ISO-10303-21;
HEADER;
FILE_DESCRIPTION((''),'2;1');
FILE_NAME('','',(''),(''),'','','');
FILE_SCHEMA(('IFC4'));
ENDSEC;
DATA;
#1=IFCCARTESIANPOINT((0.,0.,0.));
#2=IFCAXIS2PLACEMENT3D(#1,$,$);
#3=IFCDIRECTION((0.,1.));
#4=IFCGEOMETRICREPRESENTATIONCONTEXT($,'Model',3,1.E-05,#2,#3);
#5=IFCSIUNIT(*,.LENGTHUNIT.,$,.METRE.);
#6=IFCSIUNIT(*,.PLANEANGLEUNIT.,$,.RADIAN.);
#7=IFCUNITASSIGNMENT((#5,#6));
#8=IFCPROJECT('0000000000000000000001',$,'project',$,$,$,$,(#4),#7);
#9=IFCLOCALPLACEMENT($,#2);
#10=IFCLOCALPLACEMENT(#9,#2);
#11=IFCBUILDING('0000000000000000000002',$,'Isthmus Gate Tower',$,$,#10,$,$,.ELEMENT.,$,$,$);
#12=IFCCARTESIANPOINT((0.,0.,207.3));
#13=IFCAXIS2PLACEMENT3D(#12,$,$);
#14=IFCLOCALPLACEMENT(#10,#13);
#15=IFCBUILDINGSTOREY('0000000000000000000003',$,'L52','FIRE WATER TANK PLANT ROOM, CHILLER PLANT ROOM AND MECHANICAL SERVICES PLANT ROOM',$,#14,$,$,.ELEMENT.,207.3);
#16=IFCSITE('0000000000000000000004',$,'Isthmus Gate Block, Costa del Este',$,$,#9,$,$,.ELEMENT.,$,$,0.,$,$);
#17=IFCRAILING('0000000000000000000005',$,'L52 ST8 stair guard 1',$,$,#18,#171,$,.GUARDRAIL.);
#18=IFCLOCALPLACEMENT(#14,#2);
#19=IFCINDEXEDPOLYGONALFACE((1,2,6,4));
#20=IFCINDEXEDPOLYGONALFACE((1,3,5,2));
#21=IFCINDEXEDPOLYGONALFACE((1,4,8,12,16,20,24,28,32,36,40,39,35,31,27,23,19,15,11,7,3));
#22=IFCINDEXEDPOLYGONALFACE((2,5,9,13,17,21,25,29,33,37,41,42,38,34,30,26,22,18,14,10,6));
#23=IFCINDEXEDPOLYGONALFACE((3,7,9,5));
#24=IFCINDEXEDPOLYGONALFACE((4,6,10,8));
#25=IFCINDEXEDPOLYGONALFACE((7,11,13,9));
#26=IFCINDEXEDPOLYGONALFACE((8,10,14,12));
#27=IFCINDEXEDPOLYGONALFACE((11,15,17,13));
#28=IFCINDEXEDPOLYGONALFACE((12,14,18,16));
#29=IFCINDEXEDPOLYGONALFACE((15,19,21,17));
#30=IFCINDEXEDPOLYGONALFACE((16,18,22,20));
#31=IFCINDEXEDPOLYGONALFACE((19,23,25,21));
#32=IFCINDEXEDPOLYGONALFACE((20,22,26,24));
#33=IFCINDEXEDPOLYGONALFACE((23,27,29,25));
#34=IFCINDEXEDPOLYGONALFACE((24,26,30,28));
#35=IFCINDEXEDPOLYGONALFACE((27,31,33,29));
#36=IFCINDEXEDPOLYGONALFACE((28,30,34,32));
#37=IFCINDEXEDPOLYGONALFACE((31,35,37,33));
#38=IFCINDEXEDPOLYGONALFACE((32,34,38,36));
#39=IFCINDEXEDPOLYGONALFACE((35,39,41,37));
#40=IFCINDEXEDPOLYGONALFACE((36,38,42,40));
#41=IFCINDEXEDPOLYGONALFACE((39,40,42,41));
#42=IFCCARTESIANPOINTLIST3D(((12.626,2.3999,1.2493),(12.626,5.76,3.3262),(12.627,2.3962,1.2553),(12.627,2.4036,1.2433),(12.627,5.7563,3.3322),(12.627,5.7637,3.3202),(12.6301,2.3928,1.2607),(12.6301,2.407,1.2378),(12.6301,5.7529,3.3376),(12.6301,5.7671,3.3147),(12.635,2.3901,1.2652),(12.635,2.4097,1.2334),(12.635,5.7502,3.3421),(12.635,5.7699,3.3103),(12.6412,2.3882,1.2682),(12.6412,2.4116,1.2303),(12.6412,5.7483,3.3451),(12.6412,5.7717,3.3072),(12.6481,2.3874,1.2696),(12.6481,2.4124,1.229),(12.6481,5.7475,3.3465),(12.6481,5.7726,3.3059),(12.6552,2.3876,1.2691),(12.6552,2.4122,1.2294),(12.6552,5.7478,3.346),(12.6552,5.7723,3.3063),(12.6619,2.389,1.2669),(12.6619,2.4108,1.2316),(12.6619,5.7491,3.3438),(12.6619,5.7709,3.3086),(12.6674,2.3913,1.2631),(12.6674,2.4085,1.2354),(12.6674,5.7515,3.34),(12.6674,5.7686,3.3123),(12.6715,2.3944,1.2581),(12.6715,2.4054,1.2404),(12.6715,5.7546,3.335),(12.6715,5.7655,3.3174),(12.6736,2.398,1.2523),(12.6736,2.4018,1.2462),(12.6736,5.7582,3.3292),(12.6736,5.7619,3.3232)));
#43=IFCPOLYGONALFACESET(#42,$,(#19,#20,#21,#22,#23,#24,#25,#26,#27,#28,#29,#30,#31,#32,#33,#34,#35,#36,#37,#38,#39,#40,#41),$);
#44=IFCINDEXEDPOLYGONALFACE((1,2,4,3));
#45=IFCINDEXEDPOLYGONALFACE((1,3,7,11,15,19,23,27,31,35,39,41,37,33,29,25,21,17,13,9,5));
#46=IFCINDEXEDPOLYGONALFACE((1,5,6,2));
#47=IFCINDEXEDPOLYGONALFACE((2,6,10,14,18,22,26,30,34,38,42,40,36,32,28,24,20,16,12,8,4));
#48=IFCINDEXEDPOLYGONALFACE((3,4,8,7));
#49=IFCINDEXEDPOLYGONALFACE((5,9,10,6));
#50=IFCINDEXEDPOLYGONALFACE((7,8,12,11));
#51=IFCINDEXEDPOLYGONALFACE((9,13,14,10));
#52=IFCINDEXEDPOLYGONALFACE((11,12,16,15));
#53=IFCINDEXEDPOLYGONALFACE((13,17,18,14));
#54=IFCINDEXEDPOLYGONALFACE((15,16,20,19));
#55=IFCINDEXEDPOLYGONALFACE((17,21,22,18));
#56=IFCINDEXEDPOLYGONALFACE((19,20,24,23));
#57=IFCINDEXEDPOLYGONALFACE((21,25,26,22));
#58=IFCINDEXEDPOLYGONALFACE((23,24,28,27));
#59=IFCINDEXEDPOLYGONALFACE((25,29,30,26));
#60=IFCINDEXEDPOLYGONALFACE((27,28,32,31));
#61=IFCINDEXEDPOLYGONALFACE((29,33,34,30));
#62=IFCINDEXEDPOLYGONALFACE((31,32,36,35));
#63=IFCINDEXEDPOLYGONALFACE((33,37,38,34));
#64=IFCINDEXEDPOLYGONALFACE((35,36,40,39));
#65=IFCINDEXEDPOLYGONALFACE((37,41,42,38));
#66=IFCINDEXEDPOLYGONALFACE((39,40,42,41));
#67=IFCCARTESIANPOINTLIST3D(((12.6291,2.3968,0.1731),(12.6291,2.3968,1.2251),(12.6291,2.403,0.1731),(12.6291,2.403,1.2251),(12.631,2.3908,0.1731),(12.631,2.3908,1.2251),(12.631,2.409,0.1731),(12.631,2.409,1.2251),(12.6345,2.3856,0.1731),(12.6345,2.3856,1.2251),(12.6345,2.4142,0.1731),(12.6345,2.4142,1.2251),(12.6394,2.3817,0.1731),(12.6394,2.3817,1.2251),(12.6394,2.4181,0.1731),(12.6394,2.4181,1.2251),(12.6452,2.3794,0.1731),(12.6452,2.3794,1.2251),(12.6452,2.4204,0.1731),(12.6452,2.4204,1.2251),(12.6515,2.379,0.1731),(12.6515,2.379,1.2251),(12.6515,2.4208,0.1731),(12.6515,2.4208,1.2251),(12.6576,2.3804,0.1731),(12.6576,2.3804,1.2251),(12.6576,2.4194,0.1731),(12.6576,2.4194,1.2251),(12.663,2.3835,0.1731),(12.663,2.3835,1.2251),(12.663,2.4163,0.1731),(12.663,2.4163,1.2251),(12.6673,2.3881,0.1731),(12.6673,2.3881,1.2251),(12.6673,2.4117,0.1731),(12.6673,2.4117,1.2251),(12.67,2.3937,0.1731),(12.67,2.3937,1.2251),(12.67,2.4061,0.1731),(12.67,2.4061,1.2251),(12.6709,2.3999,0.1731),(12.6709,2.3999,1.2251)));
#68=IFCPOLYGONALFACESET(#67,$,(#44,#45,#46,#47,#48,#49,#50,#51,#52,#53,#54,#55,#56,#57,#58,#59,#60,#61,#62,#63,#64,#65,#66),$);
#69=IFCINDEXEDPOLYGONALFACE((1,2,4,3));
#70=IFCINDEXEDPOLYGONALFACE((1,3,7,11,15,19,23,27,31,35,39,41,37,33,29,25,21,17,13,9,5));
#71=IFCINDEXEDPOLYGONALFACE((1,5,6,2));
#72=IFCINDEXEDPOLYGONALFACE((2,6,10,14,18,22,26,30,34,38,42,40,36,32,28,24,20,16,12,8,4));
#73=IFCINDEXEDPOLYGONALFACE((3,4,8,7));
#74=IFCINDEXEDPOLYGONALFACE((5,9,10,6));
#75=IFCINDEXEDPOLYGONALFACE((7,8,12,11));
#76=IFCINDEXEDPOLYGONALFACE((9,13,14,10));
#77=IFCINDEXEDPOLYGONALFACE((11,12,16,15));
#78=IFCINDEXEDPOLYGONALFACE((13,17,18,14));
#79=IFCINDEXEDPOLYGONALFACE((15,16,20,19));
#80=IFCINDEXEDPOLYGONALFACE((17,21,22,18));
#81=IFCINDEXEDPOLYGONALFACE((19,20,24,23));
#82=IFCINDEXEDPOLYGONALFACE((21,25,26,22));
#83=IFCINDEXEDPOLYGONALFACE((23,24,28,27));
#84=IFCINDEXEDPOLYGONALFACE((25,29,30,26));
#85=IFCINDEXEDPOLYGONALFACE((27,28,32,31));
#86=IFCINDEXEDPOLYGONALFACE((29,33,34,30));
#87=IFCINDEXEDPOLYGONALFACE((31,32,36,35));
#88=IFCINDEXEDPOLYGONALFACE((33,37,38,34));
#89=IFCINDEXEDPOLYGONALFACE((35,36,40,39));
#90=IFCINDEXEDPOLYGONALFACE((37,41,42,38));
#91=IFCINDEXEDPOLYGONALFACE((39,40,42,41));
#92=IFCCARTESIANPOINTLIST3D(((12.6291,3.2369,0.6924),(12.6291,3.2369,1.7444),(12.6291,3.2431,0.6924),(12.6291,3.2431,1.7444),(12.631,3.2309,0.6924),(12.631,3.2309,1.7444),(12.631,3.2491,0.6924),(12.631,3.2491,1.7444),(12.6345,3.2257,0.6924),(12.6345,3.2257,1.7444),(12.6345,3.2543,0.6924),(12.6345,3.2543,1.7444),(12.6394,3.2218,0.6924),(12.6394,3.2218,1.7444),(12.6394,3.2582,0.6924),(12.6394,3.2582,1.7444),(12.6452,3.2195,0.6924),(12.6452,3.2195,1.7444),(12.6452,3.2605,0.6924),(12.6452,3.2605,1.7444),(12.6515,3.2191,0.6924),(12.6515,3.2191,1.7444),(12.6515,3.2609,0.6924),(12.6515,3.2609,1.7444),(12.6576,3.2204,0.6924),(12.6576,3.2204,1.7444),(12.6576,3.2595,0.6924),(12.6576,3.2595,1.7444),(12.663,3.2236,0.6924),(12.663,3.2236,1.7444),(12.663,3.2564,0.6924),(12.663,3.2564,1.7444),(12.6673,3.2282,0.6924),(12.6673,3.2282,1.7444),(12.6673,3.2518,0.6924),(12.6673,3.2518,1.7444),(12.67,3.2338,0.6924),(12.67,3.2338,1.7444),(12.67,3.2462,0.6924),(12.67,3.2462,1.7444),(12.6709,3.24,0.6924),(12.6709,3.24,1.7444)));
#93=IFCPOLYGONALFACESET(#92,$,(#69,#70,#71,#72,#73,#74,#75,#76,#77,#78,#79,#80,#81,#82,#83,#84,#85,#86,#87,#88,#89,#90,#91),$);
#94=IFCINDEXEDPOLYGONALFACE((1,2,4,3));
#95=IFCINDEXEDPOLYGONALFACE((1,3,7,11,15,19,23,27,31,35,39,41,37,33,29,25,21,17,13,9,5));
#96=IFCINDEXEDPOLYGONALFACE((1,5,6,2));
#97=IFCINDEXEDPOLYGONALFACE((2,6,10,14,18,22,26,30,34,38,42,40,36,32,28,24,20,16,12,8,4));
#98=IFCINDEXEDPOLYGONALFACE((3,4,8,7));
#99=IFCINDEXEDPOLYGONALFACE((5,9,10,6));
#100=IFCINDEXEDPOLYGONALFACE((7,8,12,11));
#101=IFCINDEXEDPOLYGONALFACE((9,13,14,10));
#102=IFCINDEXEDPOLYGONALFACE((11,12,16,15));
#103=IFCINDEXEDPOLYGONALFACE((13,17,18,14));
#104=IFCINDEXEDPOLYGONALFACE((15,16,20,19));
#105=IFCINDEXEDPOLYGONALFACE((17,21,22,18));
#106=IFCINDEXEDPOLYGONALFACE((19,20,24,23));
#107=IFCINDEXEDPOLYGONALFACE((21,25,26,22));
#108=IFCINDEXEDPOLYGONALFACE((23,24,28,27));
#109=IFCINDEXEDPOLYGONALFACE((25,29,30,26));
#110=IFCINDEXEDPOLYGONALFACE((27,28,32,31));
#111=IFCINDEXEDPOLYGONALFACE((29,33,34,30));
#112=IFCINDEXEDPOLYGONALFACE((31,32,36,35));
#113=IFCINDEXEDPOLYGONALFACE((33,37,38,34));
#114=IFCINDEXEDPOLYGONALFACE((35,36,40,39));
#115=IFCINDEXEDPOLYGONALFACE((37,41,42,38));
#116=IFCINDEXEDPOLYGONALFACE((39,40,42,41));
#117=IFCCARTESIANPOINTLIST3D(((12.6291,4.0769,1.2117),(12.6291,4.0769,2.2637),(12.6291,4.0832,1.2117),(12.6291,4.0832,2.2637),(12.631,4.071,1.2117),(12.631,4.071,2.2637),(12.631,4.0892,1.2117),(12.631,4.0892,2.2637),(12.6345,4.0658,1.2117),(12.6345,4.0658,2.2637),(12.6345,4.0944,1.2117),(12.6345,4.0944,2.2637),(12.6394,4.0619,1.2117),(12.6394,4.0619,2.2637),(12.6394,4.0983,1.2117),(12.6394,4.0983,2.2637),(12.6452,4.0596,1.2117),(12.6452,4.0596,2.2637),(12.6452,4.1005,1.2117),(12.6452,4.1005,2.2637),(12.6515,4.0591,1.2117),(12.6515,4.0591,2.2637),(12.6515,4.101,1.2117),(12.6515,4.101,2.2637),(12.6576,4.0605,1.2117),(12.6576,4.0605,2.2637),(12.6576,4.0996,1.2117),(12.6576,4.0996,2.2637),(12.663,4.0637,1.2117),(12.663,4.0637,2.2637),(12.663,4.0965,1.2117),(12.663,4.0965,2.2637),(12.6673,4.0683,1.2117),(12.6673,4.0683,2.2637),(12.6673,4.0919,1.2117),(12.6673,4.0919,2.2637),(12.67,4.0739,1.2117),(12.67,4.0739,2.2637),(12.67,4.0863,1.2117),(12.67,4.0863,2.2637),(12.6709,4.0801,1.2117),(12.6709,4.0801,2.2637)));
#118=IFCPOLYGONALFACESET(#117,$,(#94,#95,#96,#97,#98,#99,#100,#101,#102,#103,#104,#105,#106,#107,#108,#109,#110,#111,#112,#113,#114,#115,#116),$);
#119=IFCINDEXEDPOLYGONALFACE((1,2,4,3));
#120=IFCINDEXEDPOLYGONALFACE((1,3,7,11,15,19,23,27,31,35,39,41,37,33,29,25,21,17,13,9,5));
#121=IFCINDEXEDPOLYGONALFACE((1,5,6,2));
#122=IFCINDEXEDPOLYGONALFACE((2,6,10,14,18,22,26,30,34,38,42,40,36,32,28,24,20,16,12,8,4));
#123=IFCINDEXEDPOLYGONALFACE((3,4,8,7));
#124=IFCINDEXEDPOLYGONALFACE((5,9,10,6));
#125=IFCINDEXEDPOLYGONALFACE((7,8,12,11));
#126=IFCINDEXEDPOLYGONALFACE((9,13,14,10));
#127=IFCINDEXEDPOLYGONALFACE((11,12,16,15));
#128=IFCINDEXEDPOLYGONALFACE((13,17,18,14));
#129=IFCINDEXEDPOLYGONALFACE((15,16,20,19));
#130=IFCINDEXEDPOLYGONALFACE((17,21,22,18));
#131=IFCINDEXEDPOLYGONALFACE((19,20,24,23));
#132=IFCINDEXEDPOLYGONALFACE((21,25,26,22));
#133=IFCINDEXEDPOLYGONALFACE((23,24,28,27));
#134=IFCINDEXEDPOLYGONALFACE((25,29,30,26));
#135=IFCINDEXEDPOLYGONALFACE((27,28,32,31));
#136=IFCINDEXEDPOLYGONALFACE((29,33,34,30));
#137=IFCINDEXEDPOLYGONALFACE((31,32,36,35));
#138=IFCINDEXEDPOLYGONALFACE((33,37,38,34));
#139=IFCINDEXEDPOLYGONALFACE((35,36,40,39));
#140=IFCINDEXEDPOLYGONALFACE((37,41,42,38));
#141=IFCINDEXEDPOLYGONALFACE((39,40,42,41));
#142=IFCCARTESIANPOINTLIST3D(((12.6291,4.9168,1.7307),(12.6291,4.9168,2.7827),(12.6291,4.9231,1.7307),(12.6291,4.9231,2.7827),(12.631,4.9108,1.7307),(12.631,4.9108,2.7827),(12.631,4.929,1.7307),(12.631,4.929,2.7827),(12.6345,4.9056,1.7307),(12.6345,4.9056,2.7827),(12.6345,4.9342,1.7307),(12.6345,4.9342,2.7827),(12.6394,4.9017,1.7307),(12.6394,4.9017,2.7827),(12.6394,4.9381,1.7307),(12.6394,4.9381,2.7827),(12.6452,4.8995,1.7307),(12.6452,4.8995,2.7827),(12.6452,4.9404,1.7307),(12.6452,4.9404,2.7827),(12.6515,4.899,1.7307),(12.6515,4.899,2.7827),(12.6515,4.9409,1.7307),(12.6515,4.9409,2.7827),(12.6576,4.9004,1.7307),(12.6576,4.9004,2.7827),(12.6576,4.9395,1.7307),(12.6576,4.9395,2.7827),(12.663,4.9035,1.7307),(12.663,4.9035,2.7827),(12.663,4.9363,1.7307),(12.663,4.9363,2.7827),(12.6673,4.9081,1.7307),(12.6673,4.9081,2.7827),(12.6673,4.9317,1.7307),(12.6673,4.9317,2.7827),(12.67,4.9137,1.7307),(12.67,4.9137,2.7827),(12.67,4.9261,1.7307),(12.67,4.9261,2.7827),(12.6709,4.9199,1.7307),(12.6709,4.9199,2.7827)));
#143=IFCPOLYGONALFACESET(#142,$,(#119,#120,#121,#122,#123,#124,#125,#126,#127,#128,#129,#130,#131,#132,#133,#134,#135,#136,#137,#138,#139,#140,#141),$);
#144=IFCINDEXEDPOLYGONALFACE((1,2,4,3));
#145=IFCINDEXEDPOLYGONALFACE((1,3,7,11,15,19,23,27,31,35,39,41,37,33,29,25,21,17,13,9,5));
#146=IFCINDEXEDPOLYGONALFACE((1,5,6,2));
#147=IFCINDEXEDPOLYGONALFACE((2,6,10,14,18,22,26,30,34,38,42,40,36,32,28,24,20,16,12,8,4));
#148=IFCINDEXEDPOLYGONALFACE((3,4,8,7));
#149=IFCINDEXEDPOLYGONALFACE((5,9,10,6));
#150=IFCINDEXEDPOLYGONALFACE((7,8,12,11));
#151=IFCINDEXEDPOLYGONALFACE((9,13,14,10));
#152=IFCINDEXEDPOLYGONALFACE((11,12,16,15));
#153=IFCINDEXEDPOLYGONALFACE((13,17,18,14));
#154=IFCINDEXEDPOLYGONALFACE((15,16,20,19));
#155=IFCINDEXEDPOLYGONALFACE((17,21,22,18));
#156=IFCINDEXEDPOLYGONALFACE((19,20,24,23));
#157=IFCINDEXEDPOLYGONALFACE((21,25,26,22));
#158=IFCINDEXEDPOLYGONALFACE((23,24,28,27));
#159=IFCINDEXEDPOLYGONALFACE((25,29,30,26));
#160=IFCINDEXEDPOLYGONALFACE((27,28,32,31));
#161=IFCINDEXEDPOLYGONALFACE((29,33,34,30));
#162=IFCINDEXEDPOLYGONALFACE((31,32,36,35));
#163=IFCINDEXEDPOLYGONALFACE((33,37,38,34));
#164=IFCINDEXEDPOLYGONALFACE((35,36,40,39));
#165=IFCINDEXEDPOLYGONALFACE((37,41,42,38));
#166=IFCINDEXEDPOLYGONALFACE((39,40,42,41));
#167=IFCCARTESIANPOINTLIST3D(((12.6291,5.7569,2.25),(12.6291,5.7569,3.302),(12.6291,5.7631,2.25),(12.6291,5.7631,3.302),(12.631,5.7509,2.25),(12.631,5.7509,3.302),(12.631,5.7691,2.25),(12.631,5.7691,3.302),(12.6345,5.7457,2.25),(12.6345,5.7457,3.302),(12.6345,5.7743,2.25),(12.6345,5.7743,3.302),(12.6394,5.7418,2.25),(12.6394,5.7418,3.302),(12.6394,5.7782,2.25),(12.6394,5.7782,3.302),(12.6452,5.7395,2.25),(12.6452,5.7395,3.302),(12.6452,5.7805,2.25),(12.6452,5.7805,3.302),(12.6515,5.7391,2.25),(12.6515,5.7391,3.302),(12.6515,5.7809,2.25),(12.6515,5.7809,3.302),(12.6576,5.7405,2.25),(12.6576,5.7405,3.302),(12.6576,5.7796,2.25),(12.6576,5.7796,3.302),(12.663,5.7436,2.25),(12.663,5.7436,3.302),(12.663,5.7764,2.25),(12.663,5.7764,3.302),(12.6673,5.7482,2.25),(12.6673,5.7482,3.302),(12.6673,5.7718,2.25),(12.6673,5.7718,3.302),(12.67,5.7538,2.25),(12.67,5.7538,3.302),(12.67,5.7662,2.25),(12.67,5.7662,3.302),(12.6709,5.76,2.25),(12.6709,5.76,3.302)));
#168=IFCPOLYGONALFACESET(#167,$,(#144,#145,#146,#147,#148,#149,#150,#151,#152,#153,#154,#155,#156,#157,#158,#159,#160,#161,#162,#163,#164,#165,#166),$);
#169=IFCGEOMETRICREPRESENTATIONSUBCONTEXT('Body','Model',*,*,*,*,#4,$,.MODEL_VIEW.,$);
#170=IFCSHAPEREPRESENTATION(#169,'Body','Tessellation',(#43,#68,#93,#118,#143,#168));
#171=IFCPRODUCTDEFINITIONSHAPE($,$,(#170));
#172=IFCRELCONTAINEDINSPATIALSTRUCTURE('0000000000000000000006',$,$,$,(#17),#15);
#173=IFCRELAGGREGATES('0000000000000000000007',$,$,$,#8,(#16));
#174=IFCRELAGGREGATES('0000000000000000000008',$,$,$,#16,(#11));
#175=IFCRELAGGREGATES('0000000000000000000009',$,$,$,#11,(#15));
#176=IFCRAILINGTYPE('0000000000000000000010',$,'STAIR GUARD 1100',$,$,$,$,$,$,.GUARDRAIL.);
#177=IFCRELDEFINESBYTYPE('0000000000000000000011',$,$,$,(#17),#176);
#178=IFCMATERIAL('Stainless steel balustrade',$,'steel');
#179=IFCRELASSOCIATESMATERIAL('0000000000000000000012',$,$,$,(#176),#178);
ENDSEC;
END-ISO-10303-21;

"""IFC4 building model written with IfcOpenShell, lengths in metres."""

from ifc_helpers import new_model, si_unit, direction, frame, origin, origin_2d, place, context, subcontext, project, spatial, circle, extrude, material, type_object, element, save


model = new_model("IFC4")

# Units and contexts
model_context = context("Model", 3, precision=1e-05, world=origin(), true_north=direction((0.0, 1.0)))
body_context = subcontext(model_context, "Body", "Model", "MODEL_VIEW")
ifc_project = project(units=[si_unit("LENGTHUNIT", "METRE"), si_unit("PLANEANGLEUNIT", "RADIAN")], contexts=[model_context])

# Site, building, storey
site_placement = place(None, origin())
site = spatial("IfcSite", under=ifc_project, at=site_placement, Name="Isthmus Gate Block, Costa del Este", CompositionType="ELEMENT", RefElevation=0.0)
building_placement = place(site_placement, origin())
building = spatial("IfcBuilding", under=site, at=building_placement, Name="Isthmus Gate Tower", CompositionType="ELEMENT")
storey_placement = place(building_placement, frame((0.0, 0.0, 207.3)))
storey = spatial("IfcBuildingStorey", under=building, at=storey_placement, Name="L52", Description="FIRE WATER TANK PLANT ROOM, CHILLER PLANT ROOM AND MECHANICAL SERVICES PLANT ROOM", CompositionType="ELEMENT", Elevation=207.3)

# Railing
ifc_material_1 = material(Name="Stainless steel balustrade", Category="steel")
railing_type_1 = type_object("IfcRailingType", Name="STAIR GUARD 1100", PredefinedType="GUARDRAIL", material=ifc_material_1)
for number, where, name in (
    (1, (12.6499, 2.3999, 0.1731), "L52 ST8 stair guard 1"),
):
    element("IfcRailing", number, at=place(storey_placement, frame(where)), inside=storey, type_object=railing_type_1, Name=name, PredefinedType="GUARDRAIL", context=body_context, shape_type="SweptSolid", body=[
        extrude(circle(Radius=0.0239, at=origin_2d()), frame((0.0, 0.0, 1.0762), z_axis=(0.0, 0.850623, 0.525776), x_axis=(-1.0, 0.0, 0.0)), (0.0, 0.0, 1.0), 3.9502),
        extrude(circle(Radius=0.021, at=origin_2d()), origin(), (0.0, 0.0, 1.0), 1.052),
        extrude(circle(Radius=0.021, at=origin_2d()), frame((0.0, 0.8401, 0.5193)), (0.0, 0.0, 1.0), 1.052),
        extrude(circle(Radius=0.021, at=origin_2d()), frame((0.0, 1.6802, 1.0386)), (0.0, 0.0, 1.0), 1.052),
        extrude(circle(Radius=0.021, at=origin_2d()), frame((0.0, 2.52, 1.5576)), (0.0, 0.0, 1.0), 1.052),
        extrude(circle(Radius=0.021, at=origin_2d()), frame((0.0, 3.3601, 2.0769)), (0.0, 0.0, 1.0), 1.052),
    ])

save(model, "model.ifc")
